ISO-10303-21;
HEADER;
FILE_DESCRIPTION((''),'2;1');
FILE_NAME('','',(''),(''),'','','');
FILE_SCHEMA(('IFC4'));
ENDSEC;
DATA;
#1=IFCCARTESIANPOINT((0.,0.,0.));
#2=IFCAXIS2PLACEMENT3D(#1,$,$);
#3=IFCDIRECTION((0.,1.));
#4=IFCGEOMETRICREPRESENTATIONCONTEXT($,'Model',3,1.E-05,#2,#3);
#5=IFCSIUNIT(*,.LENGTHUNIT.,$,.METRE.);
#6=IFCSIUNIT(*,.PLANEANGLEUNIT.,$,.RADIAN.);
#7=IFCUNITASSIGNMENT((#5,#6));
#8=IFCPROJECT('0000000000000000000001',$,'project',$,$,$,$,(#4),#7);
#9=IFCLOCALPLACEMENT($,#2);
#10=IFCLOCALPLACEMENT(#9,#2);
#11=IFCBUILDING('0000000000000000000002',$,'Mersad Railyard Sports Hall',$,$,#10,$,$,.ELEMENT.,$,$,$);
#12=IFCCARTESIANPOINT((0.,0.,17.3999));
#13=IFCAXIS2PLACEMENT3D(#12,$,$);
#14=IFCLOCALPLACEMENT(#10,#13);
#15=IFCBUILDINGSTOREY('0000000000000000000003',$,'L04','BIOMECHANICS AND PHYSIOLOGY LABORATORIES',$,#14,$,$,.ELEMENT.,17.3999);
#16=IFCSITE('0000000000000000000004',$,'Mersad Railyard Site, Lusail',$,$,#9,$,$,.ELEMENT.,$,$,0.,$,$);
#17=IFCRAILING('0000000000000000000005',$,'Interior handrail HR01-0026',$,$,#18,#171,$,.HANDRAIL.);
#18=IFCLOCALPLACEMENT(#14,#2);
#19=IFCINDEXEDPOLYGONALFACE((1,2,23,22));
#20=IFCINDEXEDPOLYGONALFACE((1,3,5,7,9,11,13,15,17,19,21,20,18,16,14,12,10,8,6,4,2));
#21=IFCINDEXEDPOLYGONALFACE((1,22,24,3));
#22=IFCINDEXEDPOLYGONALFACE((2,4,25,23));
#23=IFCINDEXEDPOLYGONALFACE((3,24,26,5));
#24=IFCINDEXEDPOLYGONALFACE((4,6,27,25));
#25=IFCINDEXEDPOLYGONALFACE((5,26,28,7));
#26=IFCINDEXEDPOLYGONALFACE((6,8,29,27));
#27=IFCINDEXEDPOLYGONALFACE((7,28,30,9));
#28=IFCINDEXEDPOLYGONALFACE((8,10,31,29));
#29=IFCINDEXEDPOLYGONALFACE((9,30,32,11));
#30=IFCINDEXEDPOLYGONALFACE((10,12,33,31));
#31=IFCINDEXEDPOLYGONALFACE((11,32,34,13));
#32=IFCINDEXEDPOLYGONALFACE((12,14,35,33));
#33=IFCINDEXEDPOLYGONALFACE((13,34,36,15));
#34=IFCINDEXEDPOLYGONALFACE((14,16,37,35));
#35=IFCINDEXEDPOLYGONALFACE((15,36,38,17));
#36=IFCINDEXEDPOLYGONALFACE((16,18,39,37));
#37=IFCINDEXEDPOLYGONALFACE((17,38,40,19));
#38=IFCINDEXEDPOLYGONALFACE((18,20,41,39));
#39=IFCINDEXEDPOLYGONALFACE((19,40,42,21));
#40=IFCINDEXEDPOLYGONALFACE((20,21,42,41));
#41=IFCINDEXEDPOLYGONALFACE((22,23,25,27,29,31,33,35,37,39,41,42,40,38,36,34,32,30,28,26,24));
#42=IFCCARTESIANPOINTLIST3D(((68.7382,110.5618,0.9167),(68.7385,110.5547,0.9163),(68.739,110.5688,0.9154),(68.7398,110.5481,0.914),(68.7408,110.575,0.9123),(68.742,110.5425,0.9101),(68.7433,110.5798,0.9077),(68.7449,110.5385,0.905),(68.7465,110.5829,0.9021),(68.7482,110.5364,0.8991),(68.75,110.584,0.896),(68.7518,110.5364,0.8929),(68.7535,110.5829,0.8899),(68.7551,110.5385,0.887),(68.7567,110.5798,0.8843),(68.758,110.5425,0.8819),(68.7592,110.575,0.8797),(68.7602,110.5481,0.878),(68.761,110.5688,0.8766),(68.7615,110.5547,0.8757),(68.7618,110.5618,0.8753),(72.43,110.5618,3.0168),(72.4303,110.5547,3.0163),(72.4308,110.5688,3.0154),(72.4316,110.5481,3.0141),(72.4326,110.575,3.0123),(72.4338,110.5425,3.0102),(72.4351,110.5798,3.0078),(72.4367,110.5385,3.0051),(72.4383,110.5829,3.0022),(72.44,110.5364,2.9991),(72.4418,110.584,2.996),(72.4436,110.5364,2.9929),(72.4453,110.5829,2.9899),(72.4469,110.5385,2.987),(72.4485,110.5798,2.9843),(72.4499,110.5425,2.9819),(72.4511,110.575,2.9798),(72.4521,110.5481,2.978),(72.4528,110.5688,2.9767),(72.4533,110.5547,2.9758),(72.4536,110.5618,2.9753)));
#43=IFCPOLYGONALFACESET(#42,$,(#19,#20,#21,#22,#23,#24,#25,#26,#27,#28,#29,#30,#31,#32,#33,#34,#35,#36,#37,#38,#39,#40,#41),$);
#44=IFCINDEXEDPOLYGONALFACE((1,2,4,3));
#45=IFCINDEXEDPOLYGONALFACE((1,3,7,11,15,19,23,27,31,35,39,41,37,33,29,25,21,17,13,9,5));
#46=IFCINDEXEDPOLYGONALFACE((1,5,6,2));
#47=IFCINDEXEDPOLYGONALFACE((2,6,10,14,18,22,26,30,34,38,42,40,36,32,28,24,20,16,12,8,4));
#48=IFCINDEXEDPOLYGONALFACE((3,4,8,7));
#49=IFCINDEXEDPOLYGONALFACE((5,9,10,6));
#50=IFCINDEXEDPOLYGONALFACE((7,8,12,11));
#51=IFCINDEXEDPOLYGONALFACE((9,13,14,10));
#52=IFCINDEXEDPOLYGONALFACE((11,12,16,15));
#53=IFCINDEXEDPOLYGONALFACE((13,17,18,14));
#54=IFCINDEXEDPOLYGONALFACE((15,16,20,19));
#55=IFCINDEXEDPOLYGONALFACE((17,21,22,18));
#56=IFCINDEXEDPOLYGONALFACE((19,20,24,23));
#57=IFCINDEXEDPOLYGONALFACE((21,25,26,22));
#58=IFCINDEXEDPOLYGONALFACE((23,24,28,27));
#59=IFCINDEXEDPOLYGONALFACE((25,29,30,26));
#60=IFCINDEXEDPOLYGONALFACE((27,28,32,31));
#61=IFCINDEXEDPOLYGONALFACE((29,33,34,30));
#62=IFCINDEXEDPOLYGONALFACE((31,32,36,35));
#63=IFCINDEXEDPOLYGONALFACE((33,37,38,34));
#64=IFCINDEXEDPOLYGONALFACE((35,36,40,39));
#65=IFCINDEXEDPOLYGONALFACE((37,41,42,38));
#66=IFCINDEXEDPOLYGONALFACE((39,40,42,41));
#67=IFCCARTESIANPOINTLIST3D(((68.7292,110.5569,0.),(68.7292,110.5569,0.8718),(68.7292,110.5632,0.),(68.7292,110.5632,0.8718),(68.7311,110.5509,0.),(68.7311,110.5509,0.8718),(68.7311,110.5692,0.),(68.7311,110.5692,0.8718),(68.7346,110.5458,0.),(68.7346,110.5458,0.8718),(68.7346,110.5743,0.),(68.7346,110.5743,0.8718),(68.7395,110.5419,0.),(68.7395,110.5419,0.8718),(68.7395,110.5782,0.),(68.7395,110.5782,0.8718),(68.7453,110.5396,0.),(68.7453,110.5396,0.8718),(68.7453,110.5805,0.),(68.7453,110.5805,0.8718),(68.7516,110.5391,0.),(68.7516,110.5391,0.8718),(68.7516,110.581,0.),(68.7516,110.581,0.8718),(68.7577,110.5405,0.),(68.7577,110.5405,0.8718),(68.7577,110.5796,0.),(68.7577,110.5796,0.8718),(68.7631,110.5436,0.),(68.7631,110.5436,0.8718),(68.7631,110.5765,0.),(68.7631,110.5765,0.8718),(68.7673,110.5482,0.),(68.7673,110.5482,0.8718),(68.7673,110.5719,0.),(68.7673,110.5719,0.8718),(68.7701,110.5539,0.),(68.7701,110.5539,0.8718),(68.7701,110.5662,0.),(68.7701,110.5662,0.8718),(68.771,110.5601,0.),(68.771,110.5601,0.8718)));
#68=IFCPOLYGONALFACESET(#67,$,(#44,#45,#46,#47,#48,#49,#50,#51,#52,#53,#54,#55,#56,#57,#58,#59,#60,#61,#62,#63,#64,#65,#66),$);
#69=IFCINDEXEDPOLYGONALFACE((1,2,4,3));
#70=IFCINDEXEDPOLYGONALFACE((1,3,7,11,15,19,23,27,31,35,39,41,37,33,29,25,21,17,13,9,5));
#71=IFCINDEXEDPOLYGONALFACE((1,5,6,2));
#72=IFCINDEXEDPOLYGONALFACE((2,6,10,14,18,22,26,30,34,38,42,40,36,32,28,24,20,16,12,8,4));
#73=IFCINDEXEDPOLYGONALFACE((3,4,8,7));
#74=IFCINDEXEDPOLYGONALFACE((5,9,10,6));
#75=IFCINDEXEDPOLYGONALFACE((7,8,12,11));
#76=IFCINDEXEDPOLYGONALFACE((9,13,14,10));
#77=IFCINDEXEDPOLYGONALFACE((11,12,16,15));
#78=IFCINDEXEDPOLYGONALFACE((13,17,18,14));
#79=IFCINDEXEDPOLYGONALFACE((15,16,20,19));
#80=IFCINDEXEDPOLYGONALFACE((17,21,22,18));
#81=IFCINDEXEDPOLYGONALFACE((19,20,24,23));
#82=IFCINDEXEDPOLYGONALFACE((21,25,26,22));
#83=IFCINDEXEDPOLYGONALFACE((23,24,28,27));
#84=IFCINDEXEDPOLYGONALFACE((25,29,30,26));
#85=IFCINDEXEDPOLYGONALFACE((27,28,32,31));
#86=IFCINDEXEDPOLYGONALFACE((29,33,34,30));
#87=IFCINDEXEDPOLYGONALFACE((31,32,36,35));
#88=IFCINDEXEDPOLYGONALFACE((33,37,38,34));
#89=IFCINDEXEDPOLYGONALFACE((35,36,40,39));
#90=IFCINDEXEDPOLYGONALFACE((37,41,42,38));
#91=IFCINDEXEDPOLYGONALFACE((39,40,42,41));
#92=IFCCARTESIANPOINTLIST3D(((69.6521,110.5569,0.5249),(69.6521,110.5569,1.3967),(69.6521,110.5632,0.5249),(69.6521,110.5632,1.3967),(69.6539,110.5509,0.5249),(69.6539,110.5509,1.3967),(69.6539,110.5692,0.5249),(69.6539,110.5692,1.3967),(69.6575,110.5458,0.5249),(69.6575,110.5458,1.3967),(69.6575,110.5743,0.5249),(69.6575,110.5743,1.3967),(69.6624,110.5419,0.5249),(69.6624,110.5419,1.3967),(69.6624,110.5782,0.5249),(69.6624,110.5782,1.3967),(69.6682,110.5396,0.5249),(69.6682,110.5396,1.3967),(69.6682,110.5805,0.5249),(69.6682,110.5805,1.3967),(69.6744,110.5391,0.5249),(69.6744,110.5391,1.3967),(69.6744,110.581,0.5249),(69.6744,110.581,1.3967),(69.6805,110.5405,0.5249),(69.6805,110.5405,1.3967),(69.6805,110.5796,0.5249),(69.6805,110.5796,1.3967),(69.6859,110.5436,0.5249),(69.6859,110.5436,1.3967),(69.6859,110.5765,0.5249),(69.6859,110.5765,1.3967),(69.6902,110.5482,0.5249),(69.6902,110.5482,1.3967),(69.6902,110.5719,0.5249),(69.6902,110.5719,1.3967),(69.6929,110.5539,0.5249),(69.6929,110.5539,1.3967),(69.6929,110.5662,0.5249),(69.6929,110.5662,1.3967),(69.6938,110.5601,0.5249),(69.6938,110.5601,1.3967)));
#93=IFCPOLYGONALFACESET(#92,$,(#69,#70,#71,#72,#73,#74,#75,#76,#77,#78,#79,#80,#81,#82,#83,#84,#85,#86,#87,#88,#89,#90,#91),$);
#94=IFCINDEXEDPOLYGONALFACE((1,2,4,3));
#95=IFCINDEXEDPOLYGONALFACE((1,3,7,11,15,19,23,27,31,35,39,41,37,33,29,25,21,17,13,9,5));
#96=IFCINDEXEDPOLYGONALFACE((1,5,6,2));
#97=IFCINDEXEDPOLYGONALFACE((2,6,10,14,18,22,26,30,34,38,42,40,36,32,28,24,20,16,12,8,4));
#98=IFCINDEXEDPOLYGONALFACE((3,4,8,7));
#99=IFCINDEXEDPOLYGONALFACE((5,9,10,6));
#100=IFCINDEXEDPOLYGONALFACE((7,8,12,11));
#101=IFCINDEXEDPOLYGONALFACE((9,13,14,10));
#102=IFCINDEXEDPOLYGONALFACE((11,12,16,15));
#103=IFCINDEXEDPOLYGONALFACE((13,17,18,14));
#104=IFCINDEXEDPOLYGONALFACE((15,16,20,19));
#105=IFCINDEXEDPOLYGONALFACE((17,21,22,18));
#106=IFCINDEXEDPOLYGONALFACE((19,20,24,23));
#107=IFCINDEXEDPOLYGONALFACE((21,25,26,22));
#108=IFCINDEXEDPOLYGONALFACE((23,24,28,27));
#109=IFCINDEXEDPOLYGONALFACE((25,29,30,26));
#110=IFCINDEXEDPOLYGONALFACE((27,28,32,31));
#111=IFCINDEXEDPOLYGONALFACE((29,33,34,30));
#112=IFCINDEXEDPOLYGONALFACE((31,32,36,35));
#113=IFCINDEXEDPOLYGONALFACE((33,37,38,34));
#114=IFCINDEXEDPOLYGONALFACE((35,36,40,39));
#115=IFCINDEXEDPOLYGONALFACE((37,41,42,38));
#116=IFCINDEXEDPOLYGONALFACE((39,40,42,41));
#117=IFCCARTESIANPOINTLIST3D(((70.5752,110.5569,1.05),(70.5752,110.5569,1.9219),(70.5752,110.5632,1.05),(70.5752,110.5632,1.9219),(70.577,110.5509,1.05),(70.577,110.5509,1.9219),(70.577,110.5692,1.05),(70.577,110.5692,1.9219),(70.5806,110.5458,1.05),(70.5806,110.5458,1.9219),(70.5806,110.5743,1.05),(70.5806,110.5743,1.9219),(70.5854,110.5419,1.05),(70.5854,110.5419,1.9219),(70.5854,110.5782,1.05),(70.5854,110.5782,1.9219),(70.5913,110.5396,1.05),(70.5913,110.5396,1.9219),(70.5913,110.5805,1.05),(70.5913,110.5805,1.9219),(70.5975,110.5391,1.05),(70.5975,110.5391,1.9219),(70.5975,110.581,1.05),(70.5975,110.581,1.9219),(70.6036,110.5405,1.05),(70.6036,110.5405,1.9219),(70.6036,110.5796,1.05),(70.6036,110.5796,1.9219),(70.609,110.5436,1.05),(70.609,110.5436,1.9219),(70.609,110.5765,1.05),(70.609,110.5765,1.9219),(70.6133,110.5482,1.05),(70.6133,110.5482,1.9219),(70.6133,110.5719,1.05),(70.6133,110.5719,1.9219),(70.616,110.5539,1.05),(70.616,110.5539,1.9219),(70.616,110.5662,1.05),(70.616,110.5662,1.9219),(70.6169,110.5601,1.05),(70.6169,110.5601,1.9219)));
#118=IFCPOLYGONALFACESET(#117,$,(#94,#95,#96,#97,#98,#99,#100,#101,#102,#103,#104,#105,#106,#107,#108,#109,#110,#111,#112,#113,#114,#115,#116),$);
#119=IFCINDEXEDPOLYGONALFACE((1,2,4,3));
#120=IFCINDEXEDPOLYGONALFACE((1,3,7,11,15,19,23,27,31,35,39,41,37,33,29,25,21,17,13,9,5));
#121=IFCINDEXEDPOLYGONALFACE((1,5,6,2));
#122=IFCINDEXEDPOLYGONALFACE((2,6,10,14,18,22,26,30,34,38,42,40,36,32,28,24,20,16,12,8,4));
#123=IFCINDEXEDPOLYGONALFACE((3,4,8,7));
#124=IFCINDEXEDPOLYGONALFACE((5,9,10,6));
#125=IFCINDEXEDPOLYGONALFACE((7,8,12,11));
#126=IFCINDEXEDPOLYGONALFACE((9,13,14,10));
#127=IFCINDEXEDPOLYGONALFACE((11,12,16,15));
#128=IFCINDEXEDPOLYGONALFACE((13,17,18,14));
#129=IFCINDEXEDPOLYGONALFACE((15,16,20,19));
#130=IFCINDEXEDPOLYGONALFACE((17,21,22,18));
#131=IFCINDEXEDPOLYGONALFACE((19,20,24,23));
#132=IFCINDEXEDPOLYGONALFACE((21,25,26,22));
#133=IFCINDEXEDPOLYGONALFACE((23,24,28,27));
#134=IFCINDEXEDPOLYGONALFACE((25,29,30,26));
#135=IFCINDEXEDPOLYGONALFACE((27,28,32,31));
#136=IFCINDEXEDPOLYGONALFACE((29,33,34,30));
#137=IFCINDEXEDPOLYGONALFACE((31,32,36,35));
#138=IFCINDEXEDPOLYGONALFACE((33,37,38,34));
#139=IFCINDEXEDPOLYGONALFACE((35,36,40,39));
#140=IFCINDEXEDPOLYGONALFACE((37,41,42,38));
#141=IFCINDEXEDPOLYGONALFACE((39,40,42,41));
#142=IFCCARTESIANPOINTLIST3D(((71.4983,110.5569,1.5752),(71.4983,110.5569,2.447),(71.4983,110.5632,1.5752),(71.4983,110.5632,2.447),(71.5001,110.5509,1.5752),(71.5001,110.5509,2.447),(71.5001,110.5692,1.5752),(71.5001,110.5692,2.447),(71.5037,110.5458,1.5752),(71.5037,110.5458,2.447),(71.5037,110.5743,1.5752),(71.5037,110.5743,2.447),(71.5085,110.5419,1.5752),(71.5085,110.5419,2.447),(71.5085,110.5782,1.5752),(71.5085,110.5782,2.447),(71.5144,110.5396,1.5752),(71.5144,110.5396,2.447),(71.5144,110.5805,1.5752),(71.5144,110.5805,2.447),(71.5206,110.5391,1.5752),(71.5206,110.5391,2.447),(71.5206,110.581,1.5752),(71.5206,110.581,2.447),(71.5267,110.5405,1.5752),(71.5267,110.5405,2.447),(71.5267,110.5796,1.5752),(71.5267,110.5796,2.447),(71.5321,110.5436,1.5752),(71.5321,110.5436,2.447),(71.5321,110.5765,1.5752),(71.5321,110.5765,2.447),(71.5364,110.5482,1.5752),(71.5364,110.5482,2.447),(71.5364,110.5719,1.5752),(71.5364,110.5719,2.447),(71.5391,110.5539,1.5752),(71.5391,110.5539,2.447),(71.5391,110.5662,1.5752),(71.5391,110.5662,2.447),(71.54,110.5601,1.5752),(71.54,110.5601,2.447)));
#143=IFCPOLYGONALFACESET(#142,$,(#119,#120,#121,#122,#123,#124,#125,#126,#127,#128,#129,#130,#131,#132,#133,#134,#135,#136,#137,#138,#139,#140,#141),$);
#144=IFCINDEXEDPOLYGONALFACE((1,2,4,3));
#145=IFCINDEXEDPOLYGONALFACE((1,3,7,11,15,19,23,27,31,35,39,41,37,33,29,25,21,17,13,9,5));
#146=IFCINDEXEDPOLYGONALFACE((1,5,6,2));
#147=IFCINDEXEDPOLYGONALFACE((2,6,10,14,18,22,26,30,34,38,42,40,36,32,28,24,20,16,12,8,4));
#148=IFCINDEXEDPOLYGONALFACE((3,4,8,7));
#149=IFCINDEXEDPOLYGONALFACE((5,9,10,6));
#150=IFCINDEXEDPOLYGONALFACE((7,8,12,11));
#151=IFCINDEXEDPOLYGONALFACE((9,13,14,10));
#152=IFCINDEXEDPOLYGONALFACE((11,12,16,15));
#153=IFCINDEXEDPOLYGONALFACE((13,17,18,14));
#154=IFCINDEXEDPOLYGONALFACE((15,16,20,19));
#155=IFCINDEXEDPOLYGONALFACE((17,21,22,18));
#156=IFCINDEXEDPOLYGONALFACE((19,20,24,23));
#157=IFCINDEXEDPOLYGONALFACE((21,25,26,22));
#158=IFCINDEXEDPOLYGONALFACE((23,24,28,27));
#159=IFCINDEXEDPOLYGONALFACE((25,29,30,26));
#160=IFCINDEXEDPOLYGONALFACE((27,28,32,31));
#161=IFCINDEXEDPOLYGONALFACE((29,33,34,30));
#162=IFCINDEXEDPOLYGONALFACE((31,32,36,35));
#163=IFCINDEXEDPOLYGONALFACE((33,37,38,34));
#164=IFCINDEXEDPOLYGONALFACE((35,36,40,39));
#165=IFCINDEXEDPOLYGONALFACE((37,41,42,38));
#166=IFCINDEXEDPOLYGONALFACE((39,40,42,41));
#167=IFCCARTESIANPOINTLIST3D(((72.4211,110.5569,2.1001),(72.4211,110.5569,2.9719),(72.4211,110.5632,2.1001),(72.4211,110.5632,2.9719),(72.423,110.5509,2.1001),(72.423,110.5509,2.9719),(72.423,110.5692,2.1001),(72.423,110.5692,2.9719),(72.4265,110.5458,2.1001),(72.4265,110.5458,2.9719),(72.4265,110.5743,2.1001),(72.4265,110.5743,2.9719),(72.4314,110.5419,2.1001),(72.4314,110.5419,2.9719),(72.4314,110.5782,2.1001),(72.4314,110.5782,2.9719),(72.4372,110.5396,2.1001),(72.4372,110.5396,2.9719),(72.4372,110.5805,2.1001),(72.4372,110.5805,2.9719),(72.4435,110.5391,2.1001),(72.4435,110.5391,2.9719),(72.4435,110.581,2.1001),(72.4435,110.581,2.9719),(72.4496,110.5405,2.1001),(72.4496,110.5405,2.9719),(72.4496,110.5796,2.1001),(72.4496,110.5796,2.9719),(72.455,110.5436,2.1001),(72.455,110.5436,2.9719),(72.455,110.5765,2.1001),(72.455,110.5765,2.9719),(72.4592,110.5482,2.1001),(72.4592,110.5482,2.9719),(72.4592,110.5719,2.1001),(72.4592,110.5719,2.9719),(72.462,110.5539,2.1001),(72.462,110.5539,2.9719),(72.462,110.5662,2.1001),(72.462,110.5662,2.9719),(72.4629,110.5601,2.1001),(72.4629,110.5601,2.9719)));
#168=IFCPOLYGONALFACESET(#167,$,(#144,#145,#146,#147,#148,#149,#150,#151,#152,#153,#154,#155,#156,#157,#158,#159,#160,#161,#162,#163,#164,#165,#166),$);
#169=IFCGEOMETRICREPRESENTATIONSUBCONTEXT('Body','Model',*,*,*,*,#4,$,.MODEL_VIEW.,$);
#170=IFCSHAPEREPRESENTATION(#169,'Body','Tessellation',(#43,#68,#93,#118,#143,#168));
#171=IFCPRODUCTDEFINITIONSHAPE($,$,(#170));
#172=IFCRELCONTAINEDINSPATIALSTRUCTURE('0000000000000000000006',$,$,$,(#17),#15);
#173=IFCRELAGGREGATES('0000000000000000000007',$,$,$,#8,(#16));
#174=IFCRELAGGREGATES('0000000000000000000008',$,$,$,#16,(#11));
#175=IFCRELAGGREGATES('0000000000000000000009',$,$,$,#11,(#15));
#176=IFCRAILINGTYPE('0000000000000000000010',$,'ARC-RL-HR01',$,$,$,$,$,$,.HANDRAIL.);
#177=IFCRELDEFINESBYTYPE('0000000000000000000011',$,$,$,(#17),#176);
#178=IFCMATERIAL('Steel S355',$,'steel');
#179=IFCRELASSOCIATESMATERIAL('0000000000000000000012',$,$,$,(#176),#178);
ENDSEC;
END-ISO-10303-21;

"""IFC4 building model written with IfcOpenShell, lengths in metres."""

from ifc_helpers import new_model, si_unit, direction, frame, origin, origin_2d, place, context, subcontext, project, spatial, circle, extrude, material, type_object, element, save


model = new_model("IFC4")

# Units and contexts
model_context = context("Model", 3, precision=1e-05, world=origin(), true_north=direction((0.0, 1.0)))
body_context = subcontext(model_context, "Body", "Model", "MODEL_VIEW")
ifc_project = project(units=[si_unit("LENGTHUNIT", "METRE"), si_unit("PLANEANGLEUNIT", "RADIAN")], contexts=[model_context])

# Site, building, storey
site_placement = place(None, origin())
site = spatial("IfcSite", under=ifc_project, at=site_placement, Name="Mersad Railyard Site, Lusail", CompositionType="ELEMENT", RefElevation=0.0)
building_placement = place(site_placement, origin())
building = spatial("IfcBuilding", under=site, at=building_placement, Name="Mersad Railyard Sports Hall", CompositionType="ELEMENT")
storey_placement = place(building_placement, frame((0.0, 0.0, 17.3999)))
storey = spatial("IfcBuildingStorey", under=building, at=storey_placement, Name="L04", Description="BIOMECHANICS AND PHYSIOLOGY LABORATORIES", CompositionType="ELEMENT", Elevation=17.3999)

# Shared definitions
ifc_material_1 = material(Name="Steel S355", Category="steel")

# Railing
railing_type_1 = type_object("IfcRailingType", Name="ARC-RL-HR01", PredefinedType="HANDRAIL", material=ifc_material_1)
railing_1_placement = place(storey_placement, frame((68.75, 110.5601, 0.0)))
element("IfcRailing", 1, at=railing_1_placement, inside=storey, type_object=railing_type_1, Name="Interior handrail HR01-0026", PredefinedType="HANDRAIL", context=body_context, shape_type="SweptSolid", body=[
    extrude(circle(Radius=0.0239, at=origin_2d()), frame((0.0, 0.0, 0.896), z_axis=(0.869211, 0.0, 0.494442), x_axis=(0.0, 1.0, 0.0)), (0.0, 0.0, 1.0), 4.2473),
    extrude(circle(Radius=0.021, at=origin_2d()), origin(), (0.0, 0.0, 1.0), 0.8718),
    extrude(circle(Radius=0.021, at=origin_2d()), frame((0.9229, 0.0, 0.5249)), (0.0, 0.0, 1.0), 0.8718),
    extrude(circle(Radius=0.021, at=origin_2d()), frame((1.8459, 0.0, 1.05)), (0.0, 0.0, 1.0), 0.8718),
    extrude(circle(Radius=0.021, at=origin_2d()), frame((2.769, 0.0, 1.5752)), (0.0, 0.0, 1.0), 0.8718),
    extrude(circle(Radius=0.021, at=origin_2d()), frame((3.6919, 0.0, 2.1001)), (0.0, 0.0, 1.0), 0.8718),
])

save(model, "model.ifc")
